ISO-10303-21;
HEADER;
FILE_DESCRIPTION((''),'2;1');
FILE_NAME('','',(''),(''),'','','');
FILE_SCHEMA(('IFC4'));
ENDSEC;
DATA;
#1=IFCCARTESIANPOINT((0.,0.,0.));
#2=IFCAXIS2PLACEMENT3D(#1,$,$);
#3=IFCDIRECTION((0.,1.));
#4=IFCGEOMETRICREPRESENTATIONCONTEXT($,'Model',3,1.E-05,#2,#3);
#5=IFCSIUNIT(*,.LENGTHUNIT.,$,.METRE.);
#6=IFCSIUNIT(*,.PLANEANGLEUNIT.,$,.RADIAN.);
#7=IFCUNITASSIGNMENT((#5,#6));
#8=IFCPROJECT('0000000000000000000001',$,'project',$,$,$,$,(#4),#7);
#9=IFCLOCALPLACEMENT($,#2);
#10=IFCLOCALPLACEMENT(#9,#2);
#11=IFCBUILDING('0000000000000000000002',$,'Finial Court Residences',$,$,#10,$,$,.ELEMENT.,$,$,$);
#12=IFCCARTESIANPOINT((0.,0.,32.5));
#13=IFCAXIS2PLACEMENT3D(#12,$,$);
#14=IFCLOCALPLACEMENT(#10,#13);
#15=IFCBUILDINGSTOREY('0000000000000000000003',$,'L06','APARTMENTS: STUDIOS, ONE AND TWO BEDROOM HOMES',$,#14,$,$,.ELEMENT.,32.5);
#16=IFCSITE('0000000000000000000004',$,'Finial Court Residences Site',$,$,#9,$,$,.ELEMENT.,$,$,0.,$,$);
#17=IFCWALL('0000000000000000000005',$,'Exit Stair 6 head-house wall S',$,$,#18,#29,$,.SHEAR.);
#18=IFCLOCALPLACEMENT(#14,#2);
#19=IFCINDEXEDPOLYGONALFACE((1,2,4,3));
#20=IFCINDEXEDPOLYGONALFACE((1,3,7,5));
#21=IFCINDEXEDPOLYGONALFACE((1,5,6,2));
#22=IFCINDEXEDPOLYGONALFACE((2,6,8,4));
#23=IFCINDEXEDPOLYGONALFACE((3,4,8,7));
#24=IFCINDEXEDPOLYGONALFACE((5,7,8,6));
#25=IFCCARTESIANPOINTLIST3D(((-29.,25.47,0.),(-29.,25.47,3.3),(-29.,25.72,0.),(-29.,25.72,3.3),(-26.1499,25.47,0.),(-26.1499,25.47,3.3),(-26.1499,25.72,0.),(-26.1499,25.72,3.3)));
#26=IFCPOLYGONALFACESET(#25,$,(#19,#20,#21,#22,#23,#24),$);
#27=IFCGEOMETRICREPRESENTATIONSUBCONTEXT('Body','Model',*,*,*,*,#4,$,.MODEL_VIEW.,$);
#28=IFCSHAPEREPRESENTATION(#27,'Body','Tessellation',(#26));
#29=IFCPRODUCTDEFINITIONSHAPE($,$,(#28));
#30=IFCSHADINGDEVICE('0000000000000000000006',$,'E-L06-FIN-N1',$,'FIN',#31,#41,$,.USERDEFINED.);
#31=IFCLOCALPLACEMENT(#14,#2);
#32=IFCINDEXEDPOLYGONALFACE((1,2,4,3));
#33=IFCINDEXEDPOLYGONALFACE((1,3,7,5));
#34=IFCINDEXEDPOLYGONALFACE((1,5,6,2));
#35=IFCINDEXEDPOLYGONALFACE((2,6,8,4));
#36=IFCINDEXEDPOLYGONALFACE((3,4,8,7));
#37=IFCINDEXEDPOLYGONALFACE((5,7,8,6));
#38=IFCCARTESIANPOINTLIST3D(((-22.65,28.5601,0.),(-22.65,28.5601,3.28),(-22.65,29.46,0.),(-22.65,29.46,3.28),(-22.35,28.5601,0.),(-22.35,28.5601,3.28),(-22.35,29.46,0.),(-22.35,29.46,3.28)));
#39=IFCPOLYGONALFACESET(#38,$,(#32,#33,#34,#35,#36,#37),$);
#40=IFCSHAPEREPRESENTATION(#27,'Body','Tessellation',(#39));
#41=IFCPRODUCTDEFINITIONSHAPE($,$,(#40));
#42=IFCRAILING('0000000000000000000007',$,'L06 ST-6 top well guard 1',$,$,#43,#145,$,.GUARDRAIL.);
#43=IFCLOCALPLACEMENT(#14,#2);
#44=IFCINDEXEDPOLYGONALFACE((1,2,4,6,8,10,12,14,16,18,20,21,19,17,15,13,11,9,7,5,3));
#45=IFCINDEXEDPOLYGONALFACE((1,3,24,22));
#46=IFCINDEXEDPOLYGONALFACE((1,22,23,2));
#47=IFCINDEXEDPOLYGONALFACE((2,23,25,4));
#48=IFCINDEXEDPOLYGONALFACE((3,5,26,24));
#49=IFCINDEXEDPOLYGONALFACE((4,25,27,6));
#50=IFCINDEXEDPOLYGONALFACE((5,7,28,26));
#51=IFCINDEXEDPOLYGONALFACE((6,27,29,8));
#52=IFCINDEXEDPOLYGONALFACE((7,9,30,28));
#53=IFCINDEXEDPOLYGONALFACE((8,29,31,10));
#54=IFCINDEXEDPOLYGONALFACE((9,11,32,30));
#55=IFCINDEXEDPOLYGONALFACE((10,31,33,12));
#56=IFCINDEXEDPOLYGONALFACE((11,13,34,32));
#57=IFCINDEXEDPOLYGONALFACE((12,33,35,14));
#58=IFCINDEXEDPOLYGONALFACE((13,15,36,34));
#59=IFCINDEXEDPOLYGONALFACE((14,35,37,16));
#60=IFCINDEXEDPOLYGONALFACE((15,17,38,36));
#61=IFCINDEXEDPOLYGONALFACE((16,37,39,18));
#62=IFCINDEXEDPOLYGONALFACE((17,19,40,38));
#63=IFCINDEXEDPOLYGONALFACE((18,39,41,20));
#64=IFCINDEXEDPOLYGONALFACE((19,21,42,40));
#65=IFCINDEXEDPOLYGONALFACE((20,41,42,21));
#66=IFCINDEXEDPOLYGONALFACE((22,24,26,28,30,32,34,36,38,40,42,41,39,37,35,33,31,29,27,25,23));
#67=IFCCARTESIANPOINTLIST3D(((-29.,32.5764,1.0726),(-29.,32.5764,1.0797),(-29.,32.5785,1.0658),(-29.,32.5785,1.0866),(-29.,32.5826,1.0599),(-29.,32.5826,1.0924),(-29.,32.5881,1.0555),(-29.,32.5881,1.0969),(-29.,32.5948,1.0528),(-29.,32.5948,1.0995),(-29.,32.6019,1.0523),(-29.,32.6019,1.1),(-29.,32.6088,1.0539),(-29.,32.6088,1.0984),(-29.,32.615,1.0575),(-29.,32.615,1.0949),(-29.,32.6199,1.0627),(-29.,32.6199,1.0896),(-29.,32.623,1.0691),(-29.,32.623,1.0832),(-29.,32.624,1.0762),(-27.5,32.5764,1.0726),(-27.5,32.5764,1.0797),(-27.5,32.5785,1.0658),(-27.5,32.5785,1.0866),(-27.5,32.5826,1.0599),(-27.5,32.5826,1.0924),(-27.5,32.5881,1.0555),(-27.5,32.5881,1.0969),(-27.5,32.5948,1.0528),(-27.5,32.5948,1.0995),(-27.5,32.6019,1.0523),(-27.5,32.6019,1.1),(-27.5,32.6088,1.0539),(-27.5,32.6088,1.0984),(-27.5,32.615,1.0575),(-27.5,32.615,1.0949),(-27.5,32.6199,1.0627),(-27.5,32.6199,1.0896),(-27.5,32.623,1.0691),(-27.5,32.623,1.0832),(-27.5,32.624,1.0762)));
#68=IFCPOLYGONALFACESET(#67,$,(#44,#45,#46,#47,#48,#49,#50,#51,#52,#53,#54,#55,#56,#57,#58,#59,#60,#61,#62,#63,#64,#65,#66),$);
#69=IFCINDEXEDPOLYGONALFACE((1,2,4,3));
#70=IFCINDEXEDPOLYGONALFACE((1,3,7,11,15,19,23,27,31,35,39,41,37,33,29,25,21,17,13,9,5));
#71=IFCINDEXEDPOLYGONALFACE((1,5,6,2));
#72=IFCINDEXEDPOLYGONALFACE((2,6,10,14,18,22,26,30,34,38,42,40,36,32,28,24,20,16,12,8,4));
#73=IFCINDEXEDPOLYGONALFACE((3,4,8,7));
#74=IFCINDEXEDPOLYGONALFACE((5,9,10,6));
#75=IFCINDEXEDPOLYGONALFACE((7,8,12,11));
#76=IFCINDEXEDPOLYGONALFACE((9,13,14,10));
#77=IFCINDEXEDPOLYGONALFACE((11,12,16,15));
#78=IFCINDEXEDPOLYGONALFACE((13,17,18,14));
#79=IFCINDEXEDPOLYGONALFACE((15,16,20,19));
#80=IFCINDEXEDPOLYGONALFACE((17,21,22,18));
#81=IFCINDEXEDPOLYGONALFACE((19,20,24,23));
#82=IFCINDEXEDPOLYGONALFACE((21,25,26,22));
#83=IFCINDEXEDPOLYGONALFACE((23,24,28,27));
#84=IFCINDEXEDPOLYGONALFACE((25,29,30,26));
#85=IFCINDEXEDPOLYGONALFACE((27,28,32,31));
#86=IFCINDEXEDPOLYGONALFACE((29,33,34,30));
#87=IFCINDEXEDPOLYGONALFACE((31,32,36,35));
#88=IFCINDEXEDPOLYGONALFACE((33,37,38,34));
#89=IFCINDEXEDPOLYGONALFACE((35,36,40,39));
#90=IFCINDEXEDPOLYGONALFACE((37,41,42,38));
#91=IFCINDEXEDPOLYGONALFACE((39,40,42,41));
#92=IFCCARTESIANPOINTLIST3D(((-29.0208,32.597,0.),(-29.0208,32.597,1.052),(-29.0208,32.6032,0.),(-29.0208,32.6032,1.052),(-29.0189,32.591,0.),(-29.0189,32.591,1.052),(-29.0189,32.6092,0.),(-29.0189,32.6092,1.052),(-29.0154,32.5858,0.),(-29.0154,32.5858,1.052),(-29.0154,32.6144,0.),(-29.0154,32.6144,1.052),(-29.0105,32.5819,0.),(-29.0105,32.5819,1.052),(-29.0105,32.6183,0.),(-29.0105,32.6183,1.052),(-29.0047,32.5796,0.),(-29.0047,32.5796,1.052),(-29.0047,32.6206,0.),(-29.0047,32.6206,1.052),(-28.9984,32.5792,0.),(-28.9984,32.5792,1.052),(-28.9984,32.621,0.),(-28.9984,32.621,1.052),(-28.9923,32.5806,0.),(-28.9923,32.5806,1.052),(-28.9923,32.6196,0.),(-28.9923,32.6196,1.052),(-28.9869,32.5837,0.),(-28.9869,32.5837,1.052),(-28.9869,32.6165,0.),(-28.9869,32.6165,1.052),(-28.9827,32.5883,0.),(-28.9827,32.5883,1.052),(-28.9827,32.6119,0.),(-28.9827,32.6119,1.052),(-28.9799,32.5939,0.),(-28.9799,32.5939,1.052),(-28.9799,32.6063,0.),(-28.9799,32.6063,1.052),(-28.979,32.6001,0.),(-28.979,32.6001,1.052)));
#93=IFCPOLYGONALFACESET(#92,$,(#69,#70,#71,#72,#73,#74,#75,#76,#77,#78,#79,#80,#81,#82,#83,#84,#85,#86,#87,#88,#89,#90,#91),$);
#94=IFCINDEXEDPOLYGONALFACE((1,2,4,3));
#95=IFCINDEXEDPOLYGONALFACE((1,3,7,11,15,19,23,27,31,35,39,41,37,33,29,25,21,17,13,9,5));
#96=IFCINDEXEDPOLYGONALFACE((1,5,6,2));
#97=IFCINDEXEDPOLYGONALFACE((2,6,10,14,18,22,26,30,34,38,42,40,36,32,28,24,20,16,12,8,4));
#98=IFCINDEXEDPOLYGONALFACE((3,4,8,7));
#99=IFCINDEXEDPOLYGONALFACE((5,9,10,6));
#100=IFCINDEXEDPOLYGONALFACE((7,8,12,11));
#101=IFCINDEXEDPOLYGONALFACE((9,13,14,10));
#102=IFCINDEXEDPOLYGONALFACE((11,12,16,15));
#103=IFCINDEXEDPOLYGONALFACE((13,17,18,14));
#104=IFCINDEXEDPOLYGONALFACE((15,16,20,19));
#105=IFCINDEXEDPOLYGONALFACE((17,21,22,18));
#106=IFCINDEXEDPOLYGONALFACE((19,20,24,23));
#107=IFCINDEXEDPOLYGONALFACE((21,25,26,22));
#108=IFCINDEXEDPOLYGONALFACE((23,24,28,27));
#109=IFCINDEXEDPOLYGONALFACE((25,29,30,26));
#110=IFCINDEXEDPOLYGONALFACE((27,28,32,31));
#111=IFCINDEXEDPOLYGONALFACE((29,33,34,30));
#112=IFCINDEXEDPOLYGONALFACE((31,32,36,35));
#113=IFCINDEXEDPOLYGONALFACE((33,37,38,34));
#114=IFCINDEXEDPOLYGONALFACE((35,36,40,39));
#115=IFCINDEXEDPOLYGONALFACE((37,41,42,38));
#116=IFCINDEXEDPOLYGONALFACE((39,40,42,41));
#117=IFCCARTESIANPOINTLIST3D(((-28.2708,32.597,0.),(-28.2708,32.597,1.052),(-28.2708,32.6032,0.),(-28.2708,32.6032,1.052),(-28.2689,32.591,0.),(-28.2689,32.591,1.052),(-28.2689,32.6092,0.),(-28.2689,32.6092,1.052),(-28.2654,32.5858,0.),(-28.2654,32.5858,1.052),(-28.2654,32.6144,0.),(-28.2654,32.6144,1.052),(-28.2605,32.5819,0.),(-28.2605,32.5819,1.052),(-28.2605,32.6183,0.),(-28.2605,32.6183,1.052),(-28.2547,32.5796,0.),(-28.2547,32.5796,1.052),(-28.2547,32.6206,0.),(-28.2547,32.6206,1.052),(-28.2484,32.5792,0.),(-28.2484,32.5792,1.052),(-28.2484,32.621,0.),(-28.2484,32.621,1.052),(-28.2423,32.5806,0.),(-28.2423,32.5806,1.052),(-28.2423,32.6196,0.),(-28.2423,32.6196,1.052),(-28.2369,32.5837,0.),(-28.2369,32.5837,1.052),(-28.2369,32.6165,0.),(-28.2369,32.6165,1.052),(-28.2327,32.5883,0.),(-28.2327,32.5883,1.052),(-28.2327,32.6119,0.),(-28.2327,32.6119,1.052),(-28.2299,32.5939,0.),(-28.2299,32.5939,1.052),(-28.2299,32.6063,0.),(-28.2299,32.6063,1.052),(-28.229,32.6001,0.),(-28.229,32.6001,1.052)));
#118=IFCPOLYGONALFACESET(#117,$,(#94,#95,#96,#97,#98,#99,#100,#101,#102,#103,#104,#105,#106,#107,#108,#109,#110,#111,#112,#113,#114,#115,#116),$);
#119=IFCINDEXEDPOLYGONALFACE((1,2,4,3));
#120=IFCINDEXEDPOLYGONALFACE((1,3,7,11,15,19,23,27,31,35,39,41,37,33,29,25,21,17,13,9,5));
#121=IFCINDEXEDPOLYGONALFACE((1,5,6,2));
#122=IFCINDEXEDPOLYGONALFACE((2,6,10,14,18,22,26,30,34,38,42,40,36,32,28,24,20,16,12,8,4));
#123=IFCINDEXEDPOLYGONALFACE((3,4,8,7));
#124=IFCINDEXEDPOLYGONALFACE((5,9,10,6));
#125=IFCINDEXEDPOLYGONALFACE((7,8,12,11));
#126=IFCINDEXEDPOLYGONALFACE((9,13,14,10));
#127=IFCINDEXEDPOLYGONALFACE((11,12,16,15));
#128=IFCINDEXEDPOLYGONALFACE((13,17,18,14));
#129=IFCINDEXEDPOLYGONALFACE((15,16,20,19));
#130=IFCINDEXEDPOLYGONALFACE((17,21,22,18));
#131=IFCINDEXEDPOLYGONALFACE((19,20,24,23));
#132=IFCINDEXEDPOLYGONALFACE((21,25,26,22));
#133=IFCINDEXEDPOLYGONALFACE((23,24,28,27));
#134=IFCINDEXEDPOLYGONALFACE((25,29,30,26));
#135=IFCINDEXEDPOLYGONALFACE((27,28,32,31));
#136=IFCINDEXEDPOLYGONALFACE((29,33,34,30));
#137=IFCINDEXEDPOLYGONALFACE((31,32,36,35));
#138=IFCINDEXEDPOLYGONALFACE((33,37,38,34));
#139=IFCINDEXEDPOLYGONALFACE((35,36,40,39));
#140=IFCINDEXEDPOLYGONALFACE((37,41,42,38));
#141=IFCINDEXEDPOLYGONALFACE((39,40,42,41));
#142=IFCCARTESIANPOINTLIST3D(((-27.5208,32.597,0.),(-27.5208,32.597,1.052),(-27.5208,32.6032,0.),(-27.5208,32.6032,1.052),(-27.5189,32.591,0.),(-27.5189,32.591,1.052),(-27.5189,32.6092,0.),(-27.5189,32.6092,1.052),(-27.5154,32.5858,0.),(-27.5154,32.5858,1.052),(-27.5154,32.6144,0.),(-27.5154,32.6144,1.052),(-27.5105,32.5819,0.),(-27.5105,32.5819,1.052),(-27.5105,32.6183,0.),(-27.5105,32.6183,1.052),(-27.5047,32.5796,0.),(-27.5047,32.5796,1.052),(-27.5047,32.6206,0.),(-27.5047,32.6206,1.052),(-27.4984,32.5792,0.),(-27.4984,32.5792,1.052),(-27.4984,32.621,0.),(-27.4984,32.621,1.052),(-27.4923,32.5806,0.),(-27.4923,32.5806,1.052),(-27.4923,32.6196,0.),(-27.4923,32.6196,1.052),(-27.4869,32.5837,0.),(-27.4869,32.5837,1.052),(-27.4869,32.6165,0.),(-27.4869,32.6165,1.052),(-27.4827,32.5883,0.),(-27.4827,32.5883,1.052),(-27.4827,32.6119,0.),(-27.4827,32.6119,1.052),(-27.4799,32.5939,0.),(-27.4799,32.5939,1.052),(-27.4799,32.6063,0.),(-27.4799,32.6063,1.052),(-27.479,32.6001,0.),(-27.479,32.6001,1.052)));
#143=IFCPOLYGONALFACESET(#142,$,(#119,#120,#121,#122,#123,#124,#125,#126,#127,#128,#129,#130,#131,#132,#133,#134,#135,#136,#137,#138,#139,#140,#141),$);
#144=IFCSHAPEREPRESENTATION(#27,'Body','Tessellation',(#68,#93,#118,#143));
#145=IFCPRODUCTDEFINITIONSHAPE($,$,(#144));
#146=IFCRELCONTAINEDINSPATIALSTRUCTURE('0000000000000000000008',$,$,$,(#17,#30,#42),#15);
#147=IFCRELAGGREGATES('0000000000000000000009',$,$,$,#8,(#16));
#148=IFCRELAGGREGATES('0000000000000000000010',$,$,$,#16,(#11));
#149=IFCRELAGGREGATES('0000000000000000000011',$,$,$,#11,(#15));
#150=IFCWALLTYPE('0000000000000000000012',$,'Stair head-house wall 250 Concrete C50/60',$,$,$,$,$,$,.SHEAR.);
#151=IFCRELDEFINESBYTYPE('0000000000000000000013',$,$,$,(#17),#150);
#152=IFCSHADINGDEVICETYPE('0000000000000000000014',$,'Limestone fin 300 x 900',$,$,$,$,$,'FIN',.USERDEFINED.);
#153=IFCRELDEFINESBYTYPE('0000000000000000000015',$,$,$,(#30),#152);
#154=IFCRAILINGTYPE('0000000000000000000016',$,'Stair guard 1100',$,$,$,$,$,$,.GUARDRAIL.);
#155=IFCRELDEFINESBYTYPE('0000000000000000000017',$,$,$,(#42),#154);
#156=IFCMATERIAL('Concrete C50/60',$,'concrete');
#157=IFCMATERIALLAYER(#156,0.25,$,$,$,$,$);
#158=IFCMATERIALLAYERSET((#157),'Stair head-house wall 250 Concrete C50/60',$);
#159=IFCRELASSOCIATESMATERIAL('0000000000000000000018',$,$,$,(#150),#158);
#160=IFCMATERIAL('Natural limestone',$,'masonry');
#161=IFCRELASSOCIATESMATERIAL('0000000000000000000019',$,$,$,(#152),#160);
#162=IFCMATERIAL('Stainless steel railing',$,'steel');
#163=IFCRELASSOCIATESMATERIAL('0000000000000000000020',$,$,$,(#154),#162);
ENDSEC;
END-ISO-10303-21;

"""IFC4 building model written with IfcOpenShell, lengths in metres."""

from ifc_helpers import new_model, si_unit, direction, frame, frame_2d, origin, origin_2d, place, context, subcontext, project, spatial, rectangle, circle, extrude, material, layer, layer_set, type_object, element, save


model = new_model("IFC4")

# Units and contexts
model_context = context("Model", 3, precision=1e-05, world=origin(), true_north=direction((0.0, 1.0)))
body_context = subcontext(model_context, "Body", "Model", "MODEL_VIEW")
ifc_project = project(units=[si_unit("LENGTHUNIT", "METRE"), si_unit("PLANEANGLEUNIT", "RADIAN")], contexts=[model_context])

# Site, building, storey
site_placement = place(None, origin())
site = spatial("IfcSite", under=ifc_project, at=site_placement, Name="Finial Court Residences Site", CompositionType="ELEMENT", RefElevation=0.0)
building_placement = place(site_placement, origin())
building = spatial("IfcBuilding", under=site, at=building_placement, Name="Finial Court Residences", CompositionType="ELEMENT")
storey_placement = place(building_placement, frame((0.0, 0.0, 32.5)))
storey = spatial("IfcBuildingStorey", under=building, at=storey_placement, Name="L06", Description="APARTMENTS: STUDIOS, ONE AND TWO BEDROOM HOMES", CompositionType="ELEMENT", Elevation=32.5)

# Shared definitions
ifc_material_1 = material(Name="Natural limestone", Category="masonry")

# Shared definitions
ifc_material_2 = material(Name="Concrete C50/60", Category="concrete")
ifc_layer_1 = layer(ifc_material_2, 0.25)
ifc_layer_set_1 = layer_set([ifc_layer_1], Name="Stair head-house wall 250 Concrete C50/60")
wall_type_1 = type_object("IfcWallType", Name="Stair head-house wall 250 Concrete C50/60", PredefinedType="SHEAR", material=ifc_layer_set_1)

# Wall
for number, where, z_axis, x_axis, name in (
    (1, (-29.0, 25.595, 0.0), (0.0, 0.0, 1.0), (1.0, 0.0, 0.0), "Exit Stair 6 head-house wall S"),
):
    element("IfcWall", number, at=place(storey_placement, frame(where, z_axis=z_axis, x_axis=x_axis)), inside=storey, type_object=wall_type_1, Name=name, PredefinedType="SHEAR", context=body_context, shape_type="SweptSolid", body=[
        extrude(rectangle(XDim=2.8501, YDim=0.25, at=frame_2d((1.425, 0.0))), origin(), (0.0, 0.0, 1.0), 3.3),
    ])

# Shading device
shading_device_type = type_object("IfcShadingDeviceType", Name="Limestone fin 300 x 900", ElementType="FIN", PredefinedType="USERDEFINED", material=ifc_material_1)
shading_device_placement = place(storey_placement, frame((-22.5, 29.01, 0.0), z_axis=(0.0, 0.0, 1.0), x_axis=(1.0, 0.0, 0.0)))
element("IfcShadingDevice", 2, at=shading_device_placement, inside=storey, type_object=shading_device_type, Name="E-L06-FIN-N1", ObjectType="FIN", PredefinedType="USERDEFINED", context=body_context, shape_type="SweptSolid", body=[
    extrude(rectangle(XDim=0.3, YDim=0.8999, at=origin_2d()), origin(), (0.0, 0.0, 1.0), 3.28),
])

# Railing
ifc_material_3 = material(Name="Stainless steel railing", Category="steel")
railing_type_1 = type_object("IfcRailingType", Name="Stair guard 1100", PredefinedType="GUARDRAIL", material=ifc_material_3)
railing_1_placement = place(storey_placement, frame((-29.0, 32.6001, 0.0)))
element("IfcRailing", 3, at=railing_1_placement, inside=storey, type_object=railing_type_1, Name="L06 ST-6 top well guard 1", PredefinedType="GUARDRAIL", context=body_context, shape_type="SweptSolid", body=[
    extrude(circle(Radius=0.0239, at=origin_2d()), frame((0.0, 0.0, 1.0762), z_axis=(1.0, 0.0, 0.0), x_axis=(0.0, 1.0, 0.0)), (0.0, 0.0, 1.0), 1.5),
    extrude(circle(Radius=0.021, at=origin_2d()), origin(), (0.0, 0.0, 1.0), 1.052),
    extrude(circle(Radius=0.021, at=origin_2d()), frame((0.75, 0.0, 0.0)), (0.0, 0.0, 1.0), 1.052),
    extrude(circle(Radius=0.021, at=origin_2d()), frame((1.5, 0.0, 0.0)), (0.0, 0.0, 1.0), 1.052),
])

save(model, "model.ifc")
